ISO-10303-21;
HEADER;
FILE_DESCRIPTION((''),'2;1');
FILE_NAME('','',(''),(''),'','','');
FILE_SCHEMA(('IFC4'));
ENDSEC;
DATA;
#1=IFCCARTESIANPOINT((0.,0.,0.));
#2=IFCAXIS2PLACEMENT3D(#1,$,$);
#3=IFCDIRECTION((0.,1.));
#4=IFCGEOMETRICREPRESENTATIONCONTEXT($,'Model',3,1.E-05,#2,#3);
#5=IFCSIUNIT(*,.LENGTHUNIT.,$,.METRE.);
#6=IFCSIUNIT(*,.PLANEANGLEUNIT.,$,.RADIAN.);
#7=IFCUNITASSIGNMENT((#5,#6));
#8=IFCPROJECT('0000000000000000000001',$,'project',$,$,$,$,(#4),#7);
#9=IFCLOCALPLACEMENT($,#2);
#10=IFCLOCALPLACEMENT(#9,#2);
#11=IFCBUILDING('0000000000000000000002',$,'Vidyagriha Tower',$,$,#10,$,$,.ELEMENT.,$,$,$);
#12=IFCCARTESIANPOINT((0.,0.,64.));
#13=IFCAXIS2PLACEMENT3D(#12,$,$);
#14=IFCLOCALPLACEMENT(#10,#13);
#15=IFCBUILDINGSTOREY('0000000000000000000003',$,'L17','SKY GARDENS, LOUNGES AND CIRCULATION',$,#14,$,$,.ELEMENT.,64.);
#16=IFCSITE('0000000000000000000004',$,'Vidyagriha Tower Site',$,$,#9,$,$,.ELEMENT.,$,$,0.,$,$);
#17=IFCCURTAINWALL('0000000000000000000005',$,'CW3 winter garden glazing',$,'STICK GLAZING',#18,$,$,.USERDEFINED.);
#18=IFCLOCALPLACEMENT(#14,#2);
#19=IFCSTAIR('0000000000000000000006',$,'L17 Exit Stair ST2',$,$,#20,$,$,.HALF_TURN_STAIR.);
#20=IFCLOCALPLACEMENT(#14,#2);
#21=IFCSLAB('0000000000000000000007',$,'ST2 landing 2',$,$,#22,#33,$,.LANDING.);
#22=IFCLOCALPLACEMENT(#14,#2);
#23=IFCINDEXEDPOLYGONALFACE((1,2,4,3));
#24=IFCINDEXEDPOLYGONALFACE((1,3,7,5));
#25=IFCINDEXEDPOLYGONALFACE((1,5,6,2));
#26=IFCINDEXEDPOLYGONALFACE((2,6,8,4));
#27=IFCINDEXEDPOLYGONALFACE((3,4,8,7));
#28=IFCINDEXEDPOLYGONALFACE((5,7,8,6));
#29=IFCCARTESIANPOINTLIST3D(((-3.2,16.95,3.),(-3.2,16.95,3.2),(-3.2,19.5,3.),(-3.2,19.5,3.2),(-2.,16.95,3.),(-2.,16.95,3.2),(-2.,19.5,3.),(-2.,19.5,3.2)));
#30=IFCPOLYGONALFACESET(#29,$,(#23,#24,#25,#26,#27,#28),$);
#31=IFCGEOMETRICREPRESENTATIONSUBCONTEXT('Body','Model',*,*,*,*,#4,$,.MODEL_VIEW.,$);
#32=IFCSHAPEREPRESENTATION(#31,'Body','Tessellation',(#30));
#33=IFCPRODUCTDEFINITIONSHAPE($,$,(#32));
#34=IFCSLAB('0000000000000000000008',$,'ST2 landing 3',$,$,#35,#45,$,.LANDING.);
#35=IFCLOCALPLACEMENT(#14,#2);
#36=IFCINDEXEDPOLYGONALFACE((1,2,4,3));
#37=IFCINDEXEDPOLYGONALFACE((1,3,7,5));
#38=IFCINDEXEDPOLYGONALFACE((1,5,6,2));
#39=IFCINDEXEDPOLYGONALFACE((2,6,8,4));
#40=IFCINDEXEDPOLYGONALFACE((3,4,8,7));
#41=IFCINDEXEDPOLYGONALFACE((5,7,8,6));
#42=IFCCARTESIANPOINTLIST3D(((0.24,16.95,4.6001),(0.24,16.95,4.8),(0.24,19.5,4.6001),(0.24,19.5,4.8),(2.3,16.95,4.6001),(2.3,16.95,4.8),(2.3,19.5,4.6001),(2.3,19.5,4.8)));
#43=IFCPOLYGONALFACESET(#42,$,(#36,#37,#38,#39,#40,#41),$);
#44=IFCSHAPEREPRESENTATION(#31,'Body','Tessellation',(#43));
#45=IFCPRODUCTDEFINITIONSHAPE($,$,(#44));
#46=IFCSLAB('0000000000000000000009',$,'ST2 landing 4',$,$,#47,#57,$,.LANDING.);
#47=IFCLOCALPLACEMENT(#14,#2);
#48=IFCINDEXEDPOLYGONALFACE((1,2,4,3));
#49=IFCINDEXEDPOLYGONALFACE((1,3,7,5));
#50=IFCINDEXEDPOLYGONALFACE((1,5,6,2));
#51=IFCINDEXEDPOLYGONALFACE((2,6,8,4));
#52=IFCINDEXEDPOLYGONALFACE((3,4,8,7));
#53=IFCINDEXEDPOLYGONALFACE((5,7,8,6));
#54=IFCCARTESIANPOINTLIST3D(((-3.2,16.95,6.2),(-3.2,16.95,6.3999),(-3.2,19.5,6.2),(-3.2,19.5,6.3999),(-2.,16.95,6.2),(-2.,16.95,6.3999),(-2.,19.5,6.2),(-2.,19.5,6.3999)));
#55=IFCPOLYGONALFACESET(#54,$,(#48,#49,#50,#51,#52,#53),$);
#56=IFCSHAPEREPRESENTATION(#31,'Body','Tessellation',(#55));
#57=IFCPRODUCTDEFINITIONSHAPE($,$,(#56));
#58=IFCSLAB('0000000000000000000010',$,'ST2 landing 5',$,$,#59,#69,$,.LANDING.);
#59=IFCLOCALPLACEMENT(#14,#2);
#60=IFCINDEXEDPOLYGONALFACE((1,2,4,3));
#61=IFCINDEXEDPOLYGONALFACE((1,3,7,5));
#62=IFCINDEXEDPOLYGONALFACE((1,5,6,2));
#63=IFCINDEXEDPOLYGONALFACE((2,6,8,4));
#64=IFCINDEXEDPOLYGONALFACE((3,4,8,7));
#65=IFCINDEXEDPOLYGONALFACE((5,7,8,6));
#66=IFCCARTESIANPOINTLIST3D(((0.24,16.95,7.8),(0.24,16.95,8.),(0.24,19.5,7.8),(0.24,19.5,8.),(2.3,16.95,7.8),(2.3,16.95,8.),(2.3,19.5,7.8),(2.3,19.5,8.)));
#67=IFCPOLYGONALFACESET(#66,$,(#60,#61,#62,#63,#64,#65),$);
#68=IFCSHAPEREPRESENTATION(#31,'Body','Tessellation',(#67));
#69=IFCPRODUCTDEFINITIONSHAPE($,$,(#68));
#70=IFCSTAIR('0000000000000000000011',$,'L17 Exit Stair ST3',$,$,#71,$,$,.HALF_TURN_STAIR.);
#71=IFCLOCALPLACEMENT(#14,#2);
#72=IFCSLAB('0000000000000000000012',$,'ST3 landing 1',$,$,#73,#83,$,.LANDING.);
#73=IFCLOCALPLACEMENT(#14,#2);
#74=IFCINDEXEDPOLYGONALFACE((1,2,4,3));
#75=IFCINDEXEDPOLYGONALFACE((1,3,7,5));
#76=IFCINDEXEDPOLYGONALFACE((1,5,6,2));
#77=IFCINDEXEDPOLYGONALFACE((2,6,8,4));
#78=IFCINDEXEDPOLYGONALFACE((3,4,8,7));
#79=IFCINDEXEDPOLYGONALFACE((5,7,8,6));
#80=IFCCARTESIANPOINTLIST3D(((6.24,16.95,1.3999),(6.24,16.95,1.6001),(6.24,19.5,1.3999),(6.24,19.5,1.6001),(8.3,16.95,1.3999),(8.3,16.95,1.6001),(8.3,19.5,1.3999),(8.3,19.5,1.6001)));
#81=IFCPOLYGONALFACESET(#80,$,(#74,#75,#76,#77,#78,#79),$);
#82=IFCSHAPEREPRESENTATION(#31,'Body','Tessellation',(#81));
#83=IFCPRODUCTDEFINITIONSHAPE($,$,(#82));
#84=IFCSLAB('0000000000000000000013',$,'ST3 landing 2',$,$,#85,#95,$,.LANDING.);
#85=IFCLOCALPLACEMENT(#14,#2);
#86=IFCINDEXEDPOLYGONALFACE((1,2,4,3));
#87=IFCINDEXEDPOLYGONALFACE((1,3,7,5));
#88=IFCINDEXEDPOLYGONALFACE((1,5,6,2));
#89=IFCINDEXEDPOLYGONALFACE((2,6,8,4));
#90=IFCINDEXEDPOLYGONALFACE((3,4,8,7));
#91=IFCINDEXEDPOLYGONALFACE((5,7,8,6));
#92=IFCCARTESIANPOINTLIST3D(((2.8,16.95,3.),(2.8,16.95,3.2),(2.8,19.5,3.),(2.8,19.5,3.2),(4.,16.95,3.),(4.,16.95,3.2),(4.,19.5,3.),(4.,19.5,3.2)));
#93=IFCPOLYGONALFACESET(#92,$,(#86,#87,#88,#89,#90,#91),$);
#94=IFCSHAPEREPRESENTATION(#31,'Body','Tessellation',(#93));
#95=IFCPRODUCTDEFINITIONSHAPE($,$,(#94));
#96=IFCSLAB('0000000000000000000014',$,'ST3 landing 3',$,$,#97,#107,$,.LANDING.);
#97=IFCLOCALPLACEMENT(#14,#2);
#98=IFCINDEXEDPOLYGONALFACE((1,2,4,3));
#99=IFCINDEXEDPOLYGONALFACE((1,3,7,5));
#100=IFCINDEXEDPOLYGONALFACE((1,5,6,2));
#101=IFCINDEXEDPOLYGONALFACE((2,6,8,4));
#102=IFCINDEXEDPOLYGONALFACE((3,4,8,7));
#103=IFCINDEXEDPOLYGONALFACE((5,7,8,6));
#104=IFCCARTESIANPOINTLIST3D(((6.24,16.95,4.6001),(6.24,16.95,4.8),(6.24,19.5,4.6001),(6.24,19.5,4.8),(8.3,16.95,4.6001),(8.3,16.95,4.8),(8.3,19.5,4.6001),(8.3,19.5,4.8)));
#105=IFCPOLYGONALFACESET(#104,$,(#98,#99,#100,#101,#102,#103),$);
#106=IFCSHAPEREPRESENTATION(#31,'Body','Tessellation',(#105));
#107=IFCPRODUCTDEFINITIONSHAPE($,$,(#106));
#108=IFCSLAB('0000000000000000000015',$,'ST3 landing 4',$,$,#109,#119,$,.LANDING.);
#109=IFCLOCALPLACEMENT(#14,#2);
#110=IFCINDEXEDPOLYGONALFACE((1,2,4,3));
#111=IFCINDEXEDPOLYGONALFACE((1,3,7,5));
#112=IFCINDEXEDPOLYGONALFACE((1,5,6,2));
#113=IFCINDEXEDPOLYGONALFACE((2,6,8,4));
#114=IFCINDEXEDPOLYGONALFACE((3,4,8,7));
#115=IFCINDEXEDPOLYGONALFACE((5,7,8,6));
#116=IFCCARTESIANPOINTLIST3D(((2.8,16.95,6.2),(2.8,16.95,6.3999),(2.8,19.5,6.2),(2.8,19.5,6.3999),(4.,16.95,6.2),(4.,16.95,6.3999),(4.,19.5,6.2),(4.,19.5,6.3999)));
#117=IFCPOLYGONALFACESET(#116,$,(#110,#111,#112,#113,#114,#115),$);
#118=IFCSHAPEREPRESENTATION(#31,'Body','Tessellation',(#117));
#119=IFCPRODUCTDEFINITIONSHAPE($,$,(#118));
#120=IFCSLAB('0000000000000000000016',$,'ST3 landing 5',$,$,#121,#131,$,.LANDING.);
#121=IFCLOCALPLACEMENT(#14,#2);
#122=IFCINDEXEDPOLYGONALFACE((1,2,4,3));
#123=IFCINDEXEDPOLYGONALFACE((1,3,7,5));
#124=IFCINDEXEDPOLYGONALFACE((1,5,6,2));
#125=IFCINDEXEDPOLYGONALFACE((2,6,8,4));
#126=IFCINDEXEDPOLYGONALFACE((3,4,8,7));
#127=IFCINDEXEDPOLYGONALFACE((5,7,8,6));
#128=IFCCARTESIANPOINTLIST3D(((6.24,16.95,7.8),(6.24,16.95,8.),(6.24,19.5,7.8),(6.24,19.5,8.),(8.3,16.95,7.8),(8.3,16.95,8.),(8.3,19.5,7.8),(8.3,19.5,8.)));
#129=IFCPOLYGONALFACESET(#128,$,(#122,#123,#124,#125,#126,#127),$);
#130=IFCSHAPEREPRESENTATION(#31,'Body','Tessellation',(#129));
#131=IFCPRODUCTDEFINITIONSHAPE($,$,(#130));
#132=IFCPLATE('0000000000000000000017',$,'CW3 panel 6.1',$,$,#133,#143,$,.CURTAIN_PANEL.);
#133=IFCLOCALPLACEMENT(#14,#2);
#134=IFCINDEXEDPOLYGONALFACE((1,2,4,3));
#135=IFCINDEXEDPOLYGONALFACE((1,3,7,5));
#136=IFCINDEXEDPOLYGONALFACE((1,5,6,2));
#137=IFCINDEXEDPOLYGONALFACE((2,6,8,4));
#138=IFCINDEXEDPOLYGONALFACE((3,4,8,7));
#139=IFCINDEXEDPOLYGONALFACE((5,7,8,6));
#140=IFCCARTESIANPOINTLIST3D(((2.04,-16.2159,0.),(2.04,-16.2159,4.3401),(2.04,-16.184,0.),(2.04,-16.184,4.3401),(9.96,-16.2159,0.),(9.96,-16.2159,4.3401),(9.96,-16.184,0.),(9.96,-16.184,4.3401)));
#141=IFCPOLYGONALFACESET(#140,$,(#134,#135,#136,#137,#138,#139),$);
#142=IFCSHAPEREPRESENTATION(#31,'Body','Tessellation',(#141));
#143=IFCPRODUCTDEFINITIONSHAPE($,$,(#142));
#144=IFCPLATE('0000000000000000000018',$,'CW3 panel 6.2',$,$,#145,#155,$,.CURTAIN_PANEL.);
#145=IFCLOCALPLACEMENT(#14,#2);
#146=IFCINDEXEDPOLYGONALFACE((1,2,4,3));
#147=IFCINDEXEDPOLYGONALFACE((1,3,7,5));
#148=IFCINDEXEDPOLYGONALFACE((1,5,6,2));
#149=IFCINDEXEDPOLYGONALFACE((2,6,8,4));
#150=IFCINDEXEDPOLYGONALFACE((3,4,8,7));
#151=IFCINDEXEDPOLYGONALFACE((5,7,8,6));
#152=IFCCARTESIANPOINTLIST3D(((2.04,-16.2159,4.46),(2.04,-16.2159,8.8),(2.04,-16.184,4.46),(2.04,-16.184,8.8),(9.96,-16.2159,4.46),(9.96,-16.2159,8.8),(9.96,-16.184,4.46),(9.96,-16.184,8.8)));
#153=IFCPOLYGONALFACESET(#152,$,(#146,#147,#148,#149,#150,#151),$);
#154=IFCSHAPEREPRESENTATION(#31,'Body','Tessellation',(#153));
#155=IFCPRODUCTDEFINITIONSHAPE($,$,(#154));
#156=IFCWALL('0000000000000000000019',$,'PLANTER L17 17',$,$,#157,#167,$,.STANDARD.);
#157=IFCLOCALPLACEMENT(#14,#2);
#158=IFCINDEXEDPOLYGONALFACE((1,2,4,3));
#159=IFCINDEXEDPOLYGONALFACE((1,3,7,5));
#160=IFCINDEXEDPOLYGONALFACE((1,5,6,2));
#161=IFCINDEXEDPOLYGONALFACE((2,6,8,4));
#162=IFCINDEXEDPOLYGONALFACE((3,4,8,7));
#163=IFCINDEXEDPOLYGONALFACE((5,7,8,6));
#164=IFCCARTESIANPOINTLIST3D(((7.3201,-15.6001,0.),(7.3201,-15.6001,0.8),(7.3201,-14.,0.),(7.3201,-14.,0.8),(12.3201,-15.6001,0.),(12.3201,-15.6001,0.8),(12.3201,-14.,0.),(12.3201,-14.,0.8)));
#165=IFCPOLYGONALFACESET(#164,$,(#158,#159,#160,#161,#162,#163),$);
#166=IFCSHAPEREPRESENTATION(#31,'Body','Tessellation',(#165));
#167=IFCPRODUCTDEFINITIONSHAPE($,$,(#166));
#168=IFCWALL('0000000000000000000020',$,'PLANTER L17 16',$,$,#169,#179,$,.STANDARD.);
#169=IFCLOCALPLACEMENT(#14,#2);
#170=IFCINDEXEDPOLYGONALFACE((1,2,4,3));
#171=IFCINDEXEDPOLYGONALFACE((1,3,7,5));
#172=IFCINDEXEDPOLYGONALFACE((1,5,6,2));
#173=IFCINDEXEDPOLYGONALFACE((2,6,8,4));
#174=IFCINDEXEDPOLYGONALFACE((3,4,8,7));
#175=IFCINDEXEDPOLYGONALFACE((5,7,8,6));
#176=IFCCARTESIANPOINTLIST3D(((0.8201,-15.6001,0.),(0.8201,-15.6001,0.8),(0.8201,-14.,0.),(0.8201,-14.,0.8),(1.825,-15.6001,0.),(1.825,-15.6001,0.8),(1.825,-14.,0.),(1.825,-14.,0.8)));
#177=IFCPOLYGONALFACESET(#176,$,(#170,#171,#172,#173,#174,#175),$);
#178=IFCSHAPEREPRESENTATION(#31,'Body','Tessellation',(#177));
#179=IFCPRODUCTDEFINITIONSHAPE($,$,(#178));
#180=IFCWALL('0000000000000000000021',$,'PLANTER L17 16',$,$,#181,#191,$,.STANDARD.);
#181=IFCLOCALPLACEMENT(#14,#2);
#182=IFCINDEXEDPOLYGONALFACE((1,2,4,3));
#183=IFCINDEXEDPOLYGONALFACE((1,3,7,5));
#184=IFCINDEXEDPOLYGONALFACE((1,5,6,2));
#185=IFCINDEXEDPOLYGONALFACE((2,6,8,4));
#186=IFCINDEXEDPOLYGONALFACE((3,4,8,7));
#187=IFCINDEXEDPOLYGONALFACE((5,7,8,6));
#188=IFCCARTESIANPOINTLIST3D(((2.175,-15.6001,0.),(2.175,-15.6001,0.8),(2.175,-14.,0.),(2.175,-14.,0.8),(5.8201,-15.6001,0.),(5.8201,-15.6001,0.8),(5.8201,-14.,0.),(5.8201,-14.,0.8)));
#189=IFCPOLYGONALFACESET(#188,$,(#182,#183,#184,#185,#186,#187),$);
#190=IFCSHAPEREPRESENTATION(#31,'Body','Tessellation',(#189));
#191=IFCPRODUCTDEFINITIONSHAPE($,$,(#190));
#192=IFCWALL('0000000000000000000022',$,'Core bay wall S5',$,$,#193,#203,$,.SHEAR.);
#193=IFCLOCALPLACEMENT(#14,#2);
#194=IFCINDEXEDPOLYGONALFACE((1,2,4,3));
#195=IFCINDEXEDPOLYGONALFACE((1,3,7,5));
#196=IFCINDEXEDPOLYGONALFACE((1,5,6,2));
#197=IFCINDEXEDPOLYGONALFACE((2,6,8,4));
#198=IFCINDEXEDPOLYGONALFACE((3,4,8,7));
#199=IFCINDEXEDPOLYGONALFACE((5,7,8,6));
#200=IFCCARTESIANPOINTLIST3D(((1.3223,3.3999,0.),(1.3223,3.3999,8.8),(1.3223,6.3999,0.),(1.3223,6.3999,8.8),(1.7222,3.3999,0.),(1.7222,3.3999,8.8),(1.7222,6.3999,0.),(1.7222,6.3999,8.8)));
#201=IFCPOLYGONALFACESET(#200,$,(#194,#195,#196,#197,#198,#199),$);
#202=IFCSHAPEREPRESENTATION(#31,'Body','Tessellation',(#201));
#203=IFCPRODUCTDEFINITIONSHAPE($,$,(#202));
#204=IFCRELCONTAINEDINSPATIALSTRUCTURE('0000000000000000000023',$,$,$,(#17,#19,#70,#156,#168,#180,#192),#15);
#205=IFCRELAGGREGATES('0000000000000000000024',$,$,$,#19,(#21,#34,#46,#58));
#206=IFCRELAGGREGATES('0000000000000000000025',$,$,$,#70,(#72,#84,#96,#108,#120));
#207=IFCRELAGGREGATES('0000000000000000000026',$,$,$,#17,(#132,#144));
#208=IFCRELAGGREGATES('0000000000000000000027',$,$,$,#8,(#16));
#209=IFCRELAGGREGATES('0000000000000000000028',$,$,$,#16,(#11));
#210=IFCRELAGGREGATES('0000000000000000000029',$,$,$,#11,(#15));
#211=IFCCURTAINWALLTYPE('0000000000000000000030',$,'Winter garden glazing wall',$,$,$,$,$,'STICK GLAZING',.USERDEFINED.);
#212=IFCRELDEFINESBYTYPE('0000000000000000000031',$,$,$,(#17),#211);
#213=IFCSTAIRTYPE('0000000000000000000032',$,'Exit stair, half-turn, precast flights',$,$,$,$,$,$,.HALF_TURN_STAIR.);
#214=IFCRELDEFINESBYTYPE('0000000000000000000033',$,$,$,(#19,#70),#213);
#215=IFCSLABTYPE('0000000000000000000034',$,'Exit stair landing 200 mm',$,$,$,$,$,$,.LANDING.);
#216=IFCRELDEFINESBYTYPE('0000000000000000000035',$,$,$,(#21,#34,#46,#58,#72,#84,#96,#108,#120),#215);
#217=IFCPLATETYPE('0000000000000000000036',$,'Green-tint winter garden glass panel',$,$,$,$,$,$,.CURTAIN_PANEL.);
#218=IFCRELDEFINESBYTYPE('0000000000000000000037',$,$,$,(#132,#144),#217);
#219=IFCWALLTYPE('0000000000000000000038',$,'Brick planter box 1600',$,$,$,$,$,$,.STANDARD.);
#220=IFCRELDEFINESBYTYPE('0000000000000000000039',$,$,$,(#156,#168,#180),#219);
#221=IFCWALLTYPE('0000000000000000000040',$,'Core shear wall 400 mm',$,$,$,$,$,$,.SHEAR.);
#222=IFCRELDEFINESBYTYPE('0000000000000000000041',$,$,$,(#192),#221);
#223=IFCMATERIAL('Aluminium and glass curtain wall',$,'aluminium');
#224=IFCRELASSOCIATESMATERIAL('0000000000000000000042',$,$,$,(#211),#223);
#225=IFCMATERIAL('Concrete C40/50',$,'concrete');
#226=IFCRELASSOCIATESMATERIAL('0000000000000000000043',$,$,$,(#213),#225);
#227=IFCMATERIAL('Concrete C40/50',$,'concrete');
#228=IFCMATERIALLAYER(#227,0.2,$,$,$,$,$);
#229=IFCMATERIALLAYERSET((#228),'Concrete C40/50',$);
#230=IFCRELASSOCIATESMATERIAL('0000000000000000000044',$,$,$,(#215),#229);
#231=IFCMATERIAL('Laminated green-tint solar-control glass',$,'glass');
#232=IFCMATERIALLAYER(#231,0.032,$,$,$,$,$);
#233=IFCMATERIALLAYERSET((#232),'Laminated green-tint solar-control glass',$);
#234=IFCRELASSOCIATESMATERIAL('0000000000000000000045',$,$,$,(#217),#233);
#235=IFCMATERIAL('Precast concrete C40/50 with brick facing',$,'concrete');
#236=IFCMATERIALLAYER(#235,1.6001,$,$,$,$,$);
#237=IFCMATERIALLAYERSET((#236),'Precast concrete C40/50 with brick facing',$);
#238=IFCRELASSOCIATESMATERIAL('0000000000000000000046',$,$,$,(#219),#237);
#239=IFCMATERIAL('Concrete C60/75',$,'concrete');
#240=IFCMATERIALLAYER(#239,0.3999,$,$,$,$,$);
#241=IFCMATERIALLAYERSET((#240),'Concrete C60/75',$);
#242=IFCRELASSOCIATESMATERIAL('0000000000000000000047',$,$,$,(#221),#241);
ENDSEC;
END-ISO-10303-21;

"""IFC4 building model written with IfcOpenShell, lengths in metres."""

from ifc_helpers import new_model, si_unit, direction, frame, frame_2d, origin, origin_2d, place, context, subcontext, project, spatial, polyline, rectangle, outline, extrude, material, layer, layer_set, type_object, element, aggregate, save


model = new_model("IFC4")

# Units and contexts
model_context = context("Model", 3, precision=1e-05, world=origin(), true_north=direction((0.0, 1.0)))
body_context = subcontext(model_context, "Body", "Model", "MODEL_VIEW")
ifc_project = project(units=[si_unit("LENGTHUNIT", "METRE"), si_unit("PLANEANGLEUNIT", "RADIAN")], contexts=[model_context])

# Site, building, storey
site_placement = place(None, origin())
site = spatial("IfcSite", under=ifc_project, at=site_placement, Name="Vidyagriha Tower Site", CompositionType="ELEMENT", RefElevation=0.0)
building_placement = place(site_placement, origin())
building = spatial("IfcBuilding", under=site, at=building_placement, Name="Vidyagriha Tower", CompositionType="ELEMENT")
storey_placement = place(building_placement, frame((0.0, 0.0, 64.0)))
storey = spatial("IfcBuildingStorey", under=building, at=storey_placement, Name="L17", Description="SKY GARDENS, LOUNGES AND CIRCULATION", CompositionType="ELEMENT", Elevation=64.0)

# Curtain wall
ifc_material_1 = material(Name="Aluminium and glass curtain wall", Category="aluminium")
curtain_wall_type = type_object("IfcCurtainWallType", Name="Winter garden glazing wall", ElementType="STICK GLAZING", PredefinedType="USERDEFINED", material=ifc_material_1)
curtain_wall_placement = place(storey_placement, origin())
curtain_wall = element("IfcCurtainWall", 1, at=curtain_wall_placement, inside=storey, type_object=curtain_wall_type, Name="CW3 winter garden glazing", ObjectType="STICK GLAZING", PredefinedType="USERDEFINED")

# Stairs, slabs
ifc_material_2 = material(Name="Concrete C40/50", Category="concrete")
stair_type = type_object("IfcStairType", Name="Exit stair, half-turn, precast flights", PredefinedType="HALF_TURN_STAIR", material=ifc_material_2)
stair_1_placement = place(storey_placement, origin())
stair_1 = element("IfcStair", 2, at=stair_1_placement, inside=storey, type_object=stair_type, Name="L17 Exit Stair ST2", PredefinedType="HALF_TURN_STAIR")
ifc_material_3 = material(Name="Concrete C40/50", Category="concrete")
ifc_layer_1 = layer(ifc_material_3, 0.2)
ifc_layer_set_1 = layer_set([ifc_layer_1], Name="Concrete C40/50")
slab_type = type_object("IfcSlabType", Name="Exit stair landing 200 mm", PredefinedType="LANDING", material=ifc_layer_set_1)
slab_1_placement = place(storey_placement, frame((0.0, 0.0, 3.0)))
slab_1 = element("IfcSlab", 3, at=slab_1_placement, type_object=slab_type, Name="ST2 landing 2", PredefinedType="LANDING", context=body_context, shape_type="SweptSolid", body=[
    extrude(outline(polyline([(-3.2, 16.95), (-2.0, 16.95), (-2.0, 19.5), (-3.2, 19.5), (-3.2, 16.95)])), origin(), (0.0, 0.0, 1.0), 0.2),
])
slab_2_placement = place(storey_placement, frame((0.0, 0.0, 4.6001)))
slab_2 = element("IfcSlab", 4, at=slab_2_placement, type_object=slab_type, Name="ST2 landing 3", PredefinedType="LANDING", context=body_context, shape_type="SweptSolid", body=[
    extrude(outline(polyline([(0.24, 16.95), (2.3, 16.95), (2.3, 19.5), (0.24, 19.5), (0.24, 16.95)])), origin(), (0.0, 0.0, 1.0), 0.2),
])
slab_3_placement = place(storey_placement, frame((0.0, 0.0, 6.2)))
slab_3 = element("IfcSlab", 5, at=slab_3_placement, type_object=slab_type, Name="ST2 landing 4", PredefinedType="LANDING", context=body_context, shape_type="SweptSolid", body=[
    extrude(outline(polyline([(-3.2, 16.95), (-2.0, 16.95), (-2.0, 19.5), (-3.2, 19.5), (-3.2, 16.95)])), origin(), (0.0, 0.0, 1.0), 0.2),
])
slab_4_placement = place(storey_placement, frame((0.0, 0.0, 7.8)))
slab_4 = element("IfcSlab", 6, at=slab_4_placement, type_object=slab_type, Name="ST2 landing 5", PredefinedType="LANDING", context=body_context, shape_type="SweptSolid", body=[
    extrude(outline(polyline([(0.24, 16.95), (2.3, 16.95), (2.3, 19.5), (0.24, 19.5), (0.24, 16.95)])), origin(), (0.0, 0.0, 1.0), 0.2),
])
aggregate(stair_1, [slab_1, slab_2, slab_3, slab_4])
stair_2_placement = place(storey_placement, origin())
stair_2 = element("IfcStair", 7, at=stair_2_placement, inside=storey, type_object=stair_type, Name="L17 Exit Stair ST3", PredefinedType="HALF_TURN_STAIR")
slab_5_placement = place(storey_placement, frame((0.0, 0.0, 1.3999)))
slab_5 = element("IfcSlab", 8, at=slab_5_placement, type_object=slab_type, Name="ST3 landing 1", PredefinedType="LANDING", context=body_context, shape_type="SweptSolid", body=[
    extrude(outline(polyline([(6.24, 16.95), (8.3, 16.95), (8.3, 19.5), (6.24, 19.5), (6.24, 16.95)])), origin(), (0.0, 0.0, 1.0), 0.2002),
])
slab_6_placement = place(storey_placement, frame((0.0, 0.0, 3.0)))
slab_6 = element("IfcSlab", 9, at=slab_6_placement, type_object=slab_type, Name="ST3 landing 2", PredefinedType="LANDING", context=body_context, shape_type="SweptSolid", body=[
    extrude(outline(polyline([(2.8, 16.95), (4.0, 16.95), (4.0, 19.5), (2.8, 19.5), (2.8, 16.95)])), origin(), (0.0, 0.0, 1.0), 0.2),
])
slab_7_placement = place(storey_placement, frame((0.0, 0.0, 4.6001)))
slab_7 = element("IfcSlab", 10, at=slab_7_placement, type_object=slab_type, Name="ST3 landing 3", PredefinedType="LANDING", context=body_context, shape_type="SweptSolid", body=[
    extrude(outline(polyline([(6.24, 16.95), (8.3, 16.95), (8.3, 19.5), (6.24, 19.5), (6.24, 16.95)])), origin(), (0.0, 0.0, 1.0), 0.2),
])
slab_8_placement = place(storey_placement, frame((0.0, 0.0, 6.2)))
slab_8 = element("IfcSlab", 11, at=slab_8_placement, type_object=slab_type, Name="ST3 landing 4", PredefinedType="LANDING", context=body_context, shape_type="SweptSolid", body=[
    extrude(outline(polyline([(2.8, 16.95), (4.0, 16.95), (4.0, 19.5), (2.8, 19.5), (2.8, 16.95)])), origin(), (0.0, 0.0, 1.0), 0.2),
])
slab_9_placement = place(storey_placement, frame((0.0, 0.0, 7.8)))
slab_9 = element("IfcSlab", 12, at=slab_9_placement, type_object=slab_type, Name="ST3 landing 5", PredefinedType="LANDING", context=body_context, shape_type="SweptSolid", body=[
    extrude(outline(polyline([(6.24, 16.95), (8.3, 16.95), (8.3, 19.5), (6.24, 19.5), (6.24, 16.95)])), origin(), (0.0, 0.0, 1.0), 0.2),
])
aggregate(stair_2, [slab_5, slab_6, slab_7, slab_8, slab_9])

# Plates
ifc_material_4 = material(Name="Laminated green-tint solar-control glass", Category="glass")
ifc_layer_2 = layer(ifc_material_4, 0.032)
ifc_layer_set_2 = layer_set([ifc_layer_2], Name="Laminated green-tint solar-control glass")
plate_type = type_object("IfcPlateType", Name="Green-tint winter garden glass panel", PredefinedType="CURTAIN_PANEL", material=ifc_layer_set_2)
plate_1_placement = place(storey_placement, frame((6.0, -16.2, 0.0)))
plate_1 = element("IfcPlate", 13, at=plate_1_placement, type_object=plate_type, Name="CW3 panel 6.1", PredefinedType="CURTAIN_PANEL", context=body_context, shape_type="SweptSolid", body=[
    extrude(rectangle(XDim=7.9199, YDim=0.032, at=origin_2d()), origin(), (0.0, 0.0, 1.0), 4.3401),
])
plate_2_placement = place(storey_placement, frame((6.0, -16.2, 4.46)))
plate_2 = element("IfcPlate", 14, at=plate_2_placement, type_object=plate_type, Name="CW3 panel 6.2", PredefinedType="CURTAIN_PANEL", context=body_context, shape_type="SweptSolid", body=[
    extrude(rectangle(XDim=7.9199, YDim=0.032, at=origin_2d()), origin(), (0.0, 0.0, 1.0), 4.3401),
])
aggregate(curtain_wall, [plate_1, plate_2])

# Walls
ifc_material_5 = material(Name="Precast concrete C40/50 with brick facing", Category="concrete")
ifc_layer_3 = layer(ifc_material_5, 1.6001)
ifc_layer_set_3 = layer_set([ifc_layer_3], Name="Precast concrete C40/50 with brick facing")
wall_type_1 = type_object("IfcWallType", Name="Brick planter box 1600", PredefinedType="STANDARD", material=ifc_layer_set_3)
wall_1_placement = place(storey_placement, frame((7.3201, -14.8, 0.0)))
element("IfcWall", 15, at=wall_1_placement, inside=storey, type_object=wall_type_1, Name="PLANTER L17 17", PredefinedType="STANDARD", context=body_context, shape_type="SweptSolid", body=[
    extrude(rectangle(XDim=5.0, YDim=1.6001, at=frame_2d((2.5, 0.0))), origin(), (0.0, 0.0, 1.0), 0.8),
])
wall_2_placement = place(storey_placement, frame((0.8201, -14.8, 0.0)))
element("IfcWall", 16, at=wall_2_placement, inside=storey, type_object=wall_type_1, Name="PLANTER L17 16", PredefinedType="STANDARD", context=body_context, shape_type="SweptSolid", body=[
    extrude(rectangle(XDim=1.0049, YDim=1.6001, at=frame_2d((0.5024, 0.0))), origin(), (0.0, 0.0, 1.0), 0.8),
])
wall_3_placement = place(storey_placement, frame((2.175, -14.8, 0.0)))
element("IfcWall", 17, at=wall_3_placement, inside=storey, type_object=wall_type_1, Name="PLANTER L17 16", PredefinedType="STANDARD", context=body_context, shape_type="SweptSolid", body=[
    extrude(rectangle(XDim=3.645, YDim=1.6001, at=frame_2d((1.8225, 0.0))), origin(), (0.0, 0.0, 1.0), 0.8),
])
ifc_material_6 = material(Name="Concrete C60/75", Category="concrete")
ifc_layer_4 = layer(ifc_material_6, 0.3999)
ifc_layer_set_4 = layer_set([ifc_layer_4], Name="Concrete C60/75")
wall_type_2 = type_object("IfcWallType", Name="Core shear wall 400 mm", PredefinedType="SHEAR", material=ifc_layer_set_4)
for number, where, z_axis, x_axis, name in (
    (18, (1.5222, 3.3999, 0.0), (0.0, 0.0, 1.0), (0.0, 1.0, 0.0), "Core bay wall S5"),
):
    element("IfcWall", number, at=place(storey_placement, frame(where, z_axis=z_axis, x_axis=x_axis)), inside=storey, type_object=wall_type_2, Name=name, PredefinedType="SHEAR", context=body_context, shape_type="SweptSolid", body=[
        extrude(rectangle(XDim=3.0, YDim=0.3999, at=frame_2d((1.5, 0.0))), origin(), (0.0, 0.0, 1.0), 8.8),
    ])

save(model, "model.ifc")
